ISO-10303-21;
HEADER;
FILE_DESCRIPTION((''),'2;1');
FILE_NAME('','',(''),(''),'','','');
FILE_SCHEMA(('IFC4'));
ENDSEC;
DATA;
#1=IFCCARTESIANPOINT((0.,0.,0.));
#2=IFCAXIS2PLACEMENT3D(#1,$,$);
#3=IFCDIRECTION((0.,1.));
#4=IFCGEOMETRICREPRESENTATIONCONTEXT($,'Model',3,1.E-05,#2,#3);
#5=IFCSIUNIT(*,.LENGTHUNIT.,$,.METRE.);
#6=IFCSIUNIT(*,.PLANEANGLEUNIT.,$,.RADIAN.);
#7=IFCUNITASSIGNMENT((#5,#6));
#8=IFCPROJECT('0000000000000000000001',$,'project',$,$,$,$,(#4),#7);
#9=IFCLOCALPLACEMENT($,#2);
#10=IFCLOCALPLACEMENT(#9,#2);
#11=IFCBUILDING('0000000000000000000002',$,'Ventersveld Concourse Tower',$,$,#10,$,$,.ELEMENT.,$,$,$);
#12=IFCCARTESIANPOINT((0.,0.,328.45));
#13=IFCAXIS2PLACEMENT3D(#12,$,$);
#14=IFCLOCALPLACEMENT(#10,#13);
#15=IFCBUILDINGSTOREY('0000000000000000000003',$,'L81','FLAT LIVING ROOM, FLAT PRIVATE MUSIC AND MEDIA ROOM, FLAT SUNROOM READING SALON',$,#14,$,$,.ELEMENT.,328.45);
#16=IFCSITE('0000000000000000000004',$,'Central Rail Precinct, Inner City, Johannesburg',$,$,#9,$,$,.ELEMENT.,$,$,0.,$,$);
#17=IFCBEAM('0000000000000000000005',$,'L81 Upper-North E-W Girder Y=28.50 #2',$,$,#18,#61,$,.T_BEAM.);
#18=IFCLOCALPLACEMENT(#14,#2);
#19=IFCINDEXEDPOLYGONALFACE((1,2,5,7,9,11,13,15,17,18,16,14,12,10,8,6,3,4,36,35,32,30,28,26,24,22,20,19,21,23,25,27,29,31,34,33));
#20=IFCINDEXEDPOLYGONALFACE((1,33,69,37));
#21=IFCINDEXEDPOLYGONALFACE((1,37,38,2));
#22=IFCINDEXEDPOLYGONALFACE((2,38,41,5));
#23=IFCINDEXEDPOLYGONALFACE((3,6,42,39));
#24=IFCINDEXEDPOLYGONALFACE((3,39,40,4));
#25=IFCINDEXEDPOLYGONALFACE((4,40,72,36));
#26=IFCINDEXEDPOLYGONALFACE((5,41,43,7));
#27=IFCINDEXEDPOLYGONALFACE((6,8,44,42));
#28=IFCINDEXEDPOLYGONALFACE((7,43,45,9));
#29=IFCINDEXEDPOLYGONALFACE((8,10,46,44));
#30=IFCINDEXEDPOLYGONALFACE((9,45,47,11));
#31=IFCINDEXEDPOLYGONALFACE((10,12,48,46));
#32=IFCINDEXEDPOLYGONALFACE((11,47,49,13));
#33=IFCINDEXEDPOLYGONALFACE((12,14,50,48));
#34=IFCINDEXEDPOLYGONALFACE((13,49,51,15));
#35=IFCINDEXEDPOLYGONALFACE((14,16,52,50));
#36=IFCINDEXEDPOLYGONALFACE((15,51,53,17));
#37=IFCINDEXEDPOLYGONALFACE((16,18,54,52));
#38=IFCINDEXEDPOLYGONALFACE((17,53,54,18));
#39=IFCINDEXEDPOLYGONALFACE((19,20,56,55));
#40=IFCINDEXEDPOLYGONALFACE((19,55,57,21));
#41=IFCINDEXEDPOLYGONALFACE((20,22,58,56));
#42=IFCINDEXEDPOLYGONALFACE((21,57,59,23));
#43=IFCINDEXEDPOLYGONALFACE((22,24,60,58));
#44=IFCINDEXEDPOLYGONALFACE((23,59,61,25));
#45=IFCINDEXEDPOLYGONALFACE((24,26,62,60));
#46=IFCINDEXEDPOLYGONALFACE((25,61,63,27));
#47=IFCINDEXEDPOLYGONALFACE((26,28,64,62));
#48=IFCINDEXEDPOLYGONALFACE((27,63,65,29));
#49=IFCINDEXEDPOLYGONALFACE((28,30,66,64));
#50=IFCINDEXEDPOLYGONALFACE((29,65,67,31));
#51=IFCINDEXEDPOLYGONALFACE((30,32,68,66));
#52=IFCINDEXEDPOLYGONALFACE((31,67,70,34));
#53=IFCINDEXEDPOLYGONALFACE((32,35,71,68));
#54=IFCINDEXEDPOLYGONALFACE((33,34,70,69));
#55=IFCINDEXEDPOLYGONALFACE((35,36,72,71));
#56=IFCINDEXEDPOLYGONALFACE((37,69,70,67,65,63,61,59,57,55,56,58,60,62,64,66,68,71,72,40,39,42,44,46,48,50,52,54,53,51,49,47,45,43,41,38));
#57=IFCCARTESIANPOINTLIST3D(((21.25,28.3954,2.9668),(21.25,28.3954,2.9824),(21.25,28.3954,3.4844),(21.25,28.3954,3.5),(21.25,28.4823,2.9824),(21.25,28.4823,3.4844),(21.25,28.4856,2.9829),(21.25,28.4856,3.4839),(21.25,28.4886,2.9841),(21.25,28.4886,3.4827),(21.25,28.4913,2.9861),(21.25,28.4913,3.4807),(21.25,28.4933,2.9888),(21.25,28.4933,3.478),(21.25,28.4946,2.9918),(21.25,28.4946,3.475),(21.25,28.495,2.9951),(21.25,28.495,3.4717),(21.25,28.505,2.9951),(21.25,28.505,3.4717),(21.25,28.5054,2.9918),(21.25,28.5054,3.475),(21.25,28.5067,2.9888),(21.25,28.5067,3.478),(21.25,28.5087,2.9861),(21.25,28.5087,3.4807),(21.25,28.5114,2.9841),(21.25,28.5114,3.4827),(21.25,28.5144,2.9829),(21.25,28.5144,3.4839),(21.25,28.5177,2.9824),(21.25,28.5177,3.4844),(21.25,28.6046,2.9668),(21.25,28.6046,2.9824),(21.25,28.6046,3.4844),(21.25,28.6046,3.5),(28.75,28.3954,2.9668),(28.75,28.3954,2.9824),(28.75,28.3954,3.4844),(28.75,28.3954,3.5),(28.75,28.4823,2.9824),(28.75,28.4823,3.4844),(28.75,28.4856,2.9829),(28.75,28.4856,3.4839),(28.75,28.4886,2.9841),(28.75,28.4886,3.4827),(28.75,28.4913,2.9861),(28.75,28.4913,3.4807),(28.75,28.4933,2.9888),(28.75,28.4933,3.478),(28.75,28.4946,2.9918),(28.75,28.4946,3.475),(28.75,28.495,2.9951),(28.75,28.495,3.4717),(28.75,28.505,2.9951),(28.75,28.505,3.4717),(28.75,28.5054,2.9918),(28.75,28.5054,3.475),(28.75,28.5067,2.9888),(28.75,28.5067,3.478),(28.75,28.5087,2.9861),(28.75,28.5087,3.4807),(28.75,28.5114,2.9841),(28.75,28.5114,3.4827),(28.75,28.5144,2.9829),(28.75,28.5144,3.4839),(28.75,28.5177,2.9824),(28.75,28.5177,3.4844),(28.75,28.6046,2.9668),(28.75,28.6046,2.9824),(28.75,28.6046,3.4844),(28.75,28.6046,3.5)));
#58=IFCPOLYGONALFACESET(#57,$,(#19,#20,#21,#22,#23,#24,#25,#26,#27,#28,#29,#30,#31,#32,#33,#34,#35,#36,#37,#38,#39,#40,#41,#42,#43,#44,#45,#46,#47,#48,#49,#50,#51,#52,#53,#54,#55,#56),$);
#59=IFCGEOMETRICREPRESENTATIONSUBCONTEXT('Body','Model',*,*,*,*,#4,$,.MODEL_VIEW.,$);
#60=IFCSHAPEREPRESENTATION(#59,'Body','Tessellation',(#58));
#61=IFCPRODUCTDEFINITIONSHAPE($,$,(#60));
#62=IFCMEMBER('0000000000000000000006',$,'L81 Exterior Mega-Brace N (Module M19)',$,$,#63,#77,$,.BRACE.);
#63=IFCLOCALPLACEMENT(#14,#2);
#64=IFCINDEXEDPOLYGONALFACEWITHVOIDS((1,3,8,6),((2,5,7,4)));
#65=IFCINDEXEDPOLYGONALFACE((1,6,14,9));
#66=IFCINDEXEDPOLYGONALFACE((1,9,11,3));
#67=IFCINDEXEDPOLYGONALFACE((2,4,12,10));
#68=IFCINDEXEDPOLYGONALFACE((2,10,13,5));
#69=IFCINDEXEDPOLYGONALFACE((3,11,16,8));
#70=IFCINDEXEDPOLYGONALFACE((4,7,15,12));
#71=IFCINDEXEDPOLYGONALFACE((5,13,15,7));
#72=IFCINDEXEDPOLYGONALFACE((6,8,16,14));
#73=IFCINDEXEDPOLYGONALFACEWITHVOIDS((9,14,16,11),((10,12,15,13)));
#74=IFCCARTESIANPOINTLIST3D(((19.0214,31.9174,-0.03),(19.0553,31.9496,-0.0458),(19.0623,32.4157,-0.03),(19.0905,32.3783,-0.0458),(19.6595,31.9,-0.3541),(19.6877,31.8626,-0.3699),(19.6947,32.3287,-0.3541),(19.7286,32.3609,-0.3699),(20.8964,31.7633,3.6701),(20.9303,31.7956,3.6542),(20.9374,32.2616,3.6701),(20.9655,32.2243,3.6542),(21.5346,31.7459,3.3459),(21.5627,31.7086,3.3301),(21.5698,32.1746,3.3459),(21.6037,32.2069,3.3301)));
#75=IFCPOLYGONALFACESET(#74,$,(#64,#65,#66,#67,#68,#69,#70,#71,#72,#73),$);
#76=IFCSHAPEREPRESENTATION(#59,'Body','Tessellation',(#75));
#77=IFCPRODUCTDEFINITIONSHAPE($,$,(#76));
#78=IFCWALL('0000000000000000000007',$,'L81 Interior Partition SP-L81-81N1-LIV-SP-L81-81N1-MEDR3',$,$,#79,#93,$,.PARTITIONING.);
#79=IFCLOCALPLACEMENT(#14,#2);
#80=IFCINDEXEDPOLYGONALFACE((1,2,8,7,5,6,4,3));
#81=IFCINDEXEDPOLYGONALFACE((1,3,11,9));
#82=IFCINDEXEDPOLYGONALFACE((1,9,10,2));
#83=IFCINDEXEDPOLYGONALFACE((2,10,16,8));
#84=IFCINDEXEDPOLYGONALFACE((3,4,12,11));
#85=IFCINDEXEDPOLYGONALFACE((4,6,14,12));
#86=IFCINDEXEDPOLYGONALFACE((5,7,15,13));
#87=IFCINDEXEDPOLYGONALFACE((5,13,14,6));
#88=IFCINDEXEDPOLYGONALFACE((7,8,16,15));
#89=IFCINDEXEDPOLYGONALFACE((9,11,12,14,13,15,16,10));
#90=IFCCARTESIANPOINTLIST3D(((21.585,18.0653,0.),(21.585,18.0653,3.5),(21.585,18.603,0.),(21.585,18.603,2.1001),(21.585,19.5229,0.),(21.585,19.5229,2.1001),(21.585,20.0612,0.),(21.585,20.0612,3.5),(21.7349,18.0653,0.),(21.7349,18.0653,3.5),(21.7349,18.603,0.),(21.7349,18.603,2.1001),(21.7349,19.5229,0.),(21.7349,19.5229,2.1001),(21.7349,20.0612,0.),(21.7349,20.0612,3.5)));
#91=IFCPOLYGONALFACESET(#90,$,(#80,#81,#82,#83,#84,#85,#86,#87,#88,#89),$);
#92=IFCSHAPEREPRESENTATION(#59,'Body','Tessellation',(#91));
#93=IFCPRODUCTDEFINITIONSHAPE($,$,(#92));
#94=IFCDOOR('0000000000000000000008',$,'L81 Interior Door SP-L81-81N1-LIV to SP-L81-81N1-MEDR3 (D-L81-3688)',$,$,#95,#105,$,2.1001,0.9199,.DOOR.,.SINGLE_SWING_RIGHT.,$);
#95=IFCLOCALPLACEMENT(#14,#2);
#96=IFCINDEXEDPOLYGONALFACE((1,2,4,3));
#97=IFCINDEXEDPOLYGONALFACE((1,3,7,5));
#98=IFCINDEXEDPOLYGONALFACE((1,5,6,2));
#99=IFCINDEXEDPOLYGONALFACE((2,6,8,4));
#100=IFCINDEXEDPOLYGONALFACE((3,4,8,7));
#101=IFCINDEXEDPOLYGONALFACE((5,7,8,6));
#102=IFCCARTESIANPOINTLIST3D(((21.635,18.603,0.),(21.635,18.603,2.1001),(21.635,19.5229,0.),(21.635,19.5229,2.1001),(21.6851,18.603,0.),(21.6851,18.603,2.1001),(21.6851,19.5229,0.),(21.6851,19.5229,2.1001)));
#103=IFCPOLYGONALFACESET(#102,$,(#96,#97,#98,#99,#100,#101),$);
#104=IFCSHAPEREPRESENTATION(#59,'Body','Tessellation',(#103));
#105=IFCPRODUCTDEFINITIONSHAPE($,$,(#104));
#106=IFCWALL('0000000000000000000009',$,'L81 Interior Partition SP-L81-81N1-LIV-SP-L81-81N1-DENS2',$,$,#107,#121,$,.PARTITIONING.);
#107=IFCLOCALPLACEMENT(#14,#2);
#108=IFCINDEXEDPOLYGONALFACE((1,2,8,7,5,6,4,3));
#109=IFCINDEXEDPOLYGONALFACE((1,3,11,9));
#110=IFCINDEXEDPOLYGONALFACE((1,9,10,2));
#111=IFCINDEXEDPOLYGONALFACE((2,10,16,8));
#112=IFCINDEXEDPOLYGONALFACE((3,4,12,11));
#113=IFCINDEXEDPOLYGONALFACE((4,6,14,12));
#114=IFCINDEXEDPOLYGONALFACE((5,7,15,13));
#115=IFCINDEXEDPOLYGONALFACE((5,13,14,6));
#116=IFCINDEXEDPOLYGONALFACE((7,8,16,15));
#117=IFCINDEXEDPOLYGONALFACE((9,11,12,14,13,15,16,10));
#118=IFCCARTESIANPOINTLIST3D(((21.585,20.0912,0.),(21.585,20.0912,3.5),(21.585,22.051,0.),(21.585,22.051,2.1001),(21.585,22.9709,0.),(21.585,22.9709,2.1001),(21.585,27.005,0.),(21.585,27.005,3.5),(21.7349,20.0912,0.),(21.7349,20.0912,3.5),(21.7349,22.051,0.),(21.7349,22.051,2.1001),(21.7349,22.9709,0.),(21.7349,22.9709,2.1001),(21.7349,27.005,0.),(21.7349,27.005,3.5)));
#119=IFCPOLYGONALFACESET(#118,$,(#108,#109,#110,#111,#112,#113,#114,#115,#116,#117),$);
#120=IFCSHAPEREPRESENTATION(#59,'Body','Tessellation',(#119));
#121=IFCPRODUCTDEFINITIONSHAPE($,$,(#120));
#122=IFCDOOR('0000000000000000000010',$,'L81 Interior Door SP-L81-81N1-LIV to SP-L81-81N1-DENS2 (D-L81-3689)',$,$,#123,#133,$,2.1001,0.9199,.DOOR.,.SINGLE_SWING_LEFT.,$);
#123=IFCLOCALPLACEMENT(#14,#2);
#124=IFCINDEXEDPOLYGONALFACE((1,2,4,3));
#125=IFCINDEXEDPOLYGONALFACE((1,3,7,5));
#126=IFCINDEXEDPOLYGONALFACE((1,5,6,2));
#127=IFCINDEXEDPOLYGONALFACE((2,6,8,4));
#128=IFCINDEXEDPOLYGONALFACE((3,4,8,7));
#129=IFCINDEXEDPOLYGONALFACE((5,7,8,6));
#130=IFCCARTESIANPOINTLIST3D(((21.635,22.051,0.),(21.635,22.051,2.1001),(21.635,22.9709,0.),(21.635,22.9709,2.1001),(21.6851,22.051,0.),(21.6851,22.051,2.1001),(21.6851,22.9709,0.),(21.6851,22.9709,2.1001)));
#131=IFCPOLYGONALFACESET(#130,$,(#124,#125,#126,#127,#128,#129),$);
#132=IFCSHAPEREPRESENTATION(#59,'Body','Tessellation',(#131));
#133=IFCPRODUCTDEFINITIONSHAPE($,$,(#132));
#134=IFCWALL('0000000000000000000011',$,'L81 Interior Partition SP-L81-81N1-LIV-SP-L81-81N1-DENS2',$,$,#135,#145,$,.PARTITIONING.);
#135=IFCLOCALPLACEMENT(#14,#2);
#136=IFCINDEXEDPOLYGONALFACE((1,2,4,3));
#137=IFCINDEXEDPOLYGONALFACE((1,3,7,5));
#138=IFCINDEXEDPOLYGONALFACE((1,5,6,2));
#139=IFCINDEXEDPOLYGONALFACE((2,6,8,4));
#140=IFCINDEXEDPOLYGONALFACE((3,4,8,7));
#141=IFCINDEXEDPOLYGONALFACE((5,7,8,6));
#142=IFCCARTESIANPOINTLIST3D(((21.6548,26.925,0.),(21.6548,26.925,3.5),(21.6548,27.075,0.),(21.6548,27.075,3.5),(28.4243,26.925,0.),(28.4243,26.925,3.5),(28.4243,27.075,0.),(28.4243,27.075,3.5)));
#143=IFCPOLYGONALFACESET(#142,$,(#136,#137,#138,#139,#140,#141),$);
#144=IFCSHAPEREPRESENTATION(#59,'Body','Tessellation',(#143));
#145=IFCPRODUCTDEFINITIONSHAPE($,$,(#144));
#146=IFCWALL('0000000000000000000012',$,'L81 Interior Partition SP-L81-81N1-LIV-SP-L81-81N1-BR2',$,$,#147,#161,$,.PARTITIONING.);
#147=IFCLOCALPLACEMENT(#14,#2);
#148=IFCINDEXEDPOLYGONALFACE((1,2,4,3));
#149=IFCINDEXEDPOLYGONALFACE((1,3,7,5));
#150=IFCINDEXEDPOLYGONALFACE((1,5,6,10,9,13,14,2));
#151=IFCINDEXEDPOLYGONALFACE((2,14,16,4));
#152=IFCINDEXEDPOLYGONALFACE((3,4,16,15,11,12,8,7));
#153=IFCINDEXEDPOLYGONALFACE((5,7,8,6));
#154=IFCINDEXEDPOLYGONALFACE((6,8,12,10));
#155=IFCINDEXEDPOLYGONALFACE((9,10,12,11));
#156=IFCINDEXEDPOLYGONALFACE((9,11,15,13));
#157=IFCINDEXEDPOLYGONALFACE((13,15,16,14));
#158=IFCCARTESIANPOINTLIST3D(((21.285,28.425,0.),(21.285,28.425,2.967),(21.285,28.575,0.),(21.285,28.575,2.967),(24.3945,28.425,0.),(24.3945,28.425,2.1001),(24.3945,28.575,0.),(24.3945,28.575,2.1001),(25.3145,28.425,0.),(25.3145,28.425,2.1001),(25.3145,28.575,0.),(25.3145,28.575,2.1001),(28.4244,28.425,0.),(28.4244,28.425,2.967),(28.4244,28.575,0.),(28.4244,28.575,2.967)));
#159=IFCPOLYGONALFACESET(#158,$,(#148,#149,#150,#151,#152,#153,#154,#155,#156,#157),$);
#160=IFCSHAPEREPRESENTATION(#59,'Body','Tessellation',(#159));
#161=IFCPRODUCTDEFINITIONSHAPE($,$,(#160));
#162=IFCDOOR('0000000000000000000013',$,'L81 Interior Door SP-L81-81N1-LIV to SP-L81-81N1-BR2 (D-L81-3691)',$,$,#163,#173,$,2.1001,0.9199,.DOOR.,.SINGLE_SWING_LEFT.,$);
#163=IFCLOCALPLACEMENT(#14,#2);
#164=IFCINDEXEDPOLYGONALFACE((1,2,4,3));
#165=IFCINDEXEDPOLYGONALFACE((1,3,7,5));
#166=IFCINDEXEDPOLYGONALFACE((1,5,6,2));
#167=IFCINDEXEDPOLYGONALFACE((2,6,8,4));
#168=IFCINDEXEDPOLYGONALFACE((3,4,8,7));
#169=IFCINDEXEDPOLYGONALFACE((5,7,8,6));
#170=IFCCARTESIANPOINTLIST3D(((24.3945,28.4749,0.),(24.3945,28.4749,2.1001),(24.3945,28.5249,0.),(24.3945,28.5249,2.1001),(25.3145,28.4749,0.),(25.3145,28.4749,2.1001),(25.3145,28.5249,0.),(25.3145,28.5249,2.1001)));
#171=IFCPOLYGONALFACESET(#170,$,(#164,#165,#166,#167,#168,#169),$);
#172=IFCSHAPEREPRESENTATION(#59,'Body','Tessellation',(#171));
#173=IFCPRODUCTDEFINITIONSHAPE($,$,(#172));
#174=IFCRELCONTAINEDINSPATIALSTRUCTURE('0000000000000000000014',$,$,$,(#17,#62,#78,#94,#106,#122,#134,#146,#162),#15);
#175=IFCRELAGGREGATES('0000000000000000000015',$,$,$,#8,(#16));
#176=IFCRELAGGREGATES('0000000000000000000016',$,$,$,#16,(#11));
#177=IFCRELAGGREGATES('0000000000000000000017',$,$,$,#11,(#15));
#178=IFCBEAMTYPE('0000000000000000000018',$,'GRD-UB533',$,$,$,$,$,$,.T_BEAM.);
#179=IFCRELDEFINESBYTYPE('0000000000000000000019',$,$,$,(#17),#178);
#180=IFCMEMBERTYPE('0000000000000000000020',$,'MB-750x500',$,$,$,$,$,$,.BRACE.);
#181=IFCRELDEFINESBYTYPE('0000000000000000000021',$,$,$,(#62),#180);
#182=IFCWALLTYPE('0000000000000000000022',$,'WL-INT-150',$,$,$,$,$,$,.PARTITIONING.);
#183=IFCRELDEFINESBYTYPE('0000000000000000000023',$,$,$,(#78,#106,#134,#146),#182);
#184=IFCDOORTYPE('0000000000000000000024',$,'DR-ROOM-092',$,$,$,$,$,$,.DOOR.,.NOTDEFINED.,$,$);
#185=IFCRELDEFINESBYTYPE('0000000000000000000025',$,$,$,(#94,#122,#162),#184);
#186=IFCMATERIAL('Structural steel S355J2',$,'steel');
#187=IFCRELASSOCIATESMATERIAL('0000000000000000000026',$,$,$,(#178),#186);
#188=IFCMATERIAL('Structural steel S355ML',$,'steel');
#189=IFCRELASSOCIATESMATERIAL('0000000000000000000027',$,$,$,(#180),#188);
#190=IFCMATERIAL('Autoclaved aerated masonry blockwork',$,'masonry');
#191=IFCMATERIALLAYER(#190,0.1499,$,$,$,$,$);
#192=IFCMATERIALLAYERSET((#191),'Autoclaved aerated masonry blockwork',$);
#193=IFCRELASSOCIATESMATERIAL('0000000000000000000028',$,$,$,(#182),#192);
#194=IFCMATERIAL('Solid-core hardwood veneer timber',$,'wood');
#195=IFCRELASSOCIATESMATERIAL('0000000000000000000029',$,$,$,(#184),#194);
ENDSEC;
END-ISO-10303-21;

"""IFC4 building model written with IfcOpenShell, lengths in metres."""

from ifc_helpers import new_model, si_unit, direction, frame, frame_2d, origin, origin_2d, place, context, subcontext, project, spatial, rectangle, hollow_rectangle, i_section, extrude, material, layer, layer_set, material_profile, profile_set, type_object, element, fill, save


model = new_model("IFC4")

# Units and contexts
model_context = context("Model", 3, precision=1e-05, world=origin(), true_north=direction((0.0, 1.0)))
body_context = subcontext(model_context, "Body", "Model", "MODEL_VIEW")
ifc_project = project(units=[si_unit("LENGTHUNIT", "METRE"), si_unit("PLANEANGLEUNIT", "RADIAN")], contexts=[model_context])

# Site, building, storey
site_placement = place(None, origin())
site = spatial("IfcSite", under=ifc_project, at=site_placement, Name="Central Rail Precinct, Inner City, Johannesburg", CompositionType="ELEMENT", RefElevation=0.0)
building_placement = place(site_placement, origin())
building = spatial("IfcBuilding", under=site, at=building_placement, Name="Ventersveld Concourse Tower", CompositionType="ELEMENT")
storey_placement = place(building_placement, frame((0.0, 0.0, 328.45)))
storey = spatial("IfcBuildingStorey", under=building, at=storey_placement, Name="L81", Description="FLAT LIVING ROOM, FLAT PRIVATE MUSIC AND MEDIA ROOM, FLAT SUNROOM READING SALON", CompositionType="ELEMENT", Elevation=328.45)

# Shared definitions
ifc_material_1 = material(Name="Structural steel S355J2", Category="steel")

# Beam
ifc_material_profile_1 = material_profile(ifc_material_1, i_section(OverallWidth=0.2092, OverallDepth=0.5332, WebThickness=0.01, FlangeThickness=0.0156, FilletRadius=0.0127, at=origin_2d()), Name="UB 533x210x92")
ifc_profile_set_1 = profile_set([ifc_material_profile_1], Name="Structural steel S355J2")
beam_type_1 = type_object("IfcBeamType", Name="GRD-UB533", PredefinedType="T_BEAM", material=ifc_profile_set_1)
for number, where, z_axis, x_axis, name in (
    (1, (21.25, 28.5, 3.2334), (1.0, 0.0, 0.0), (0.0, 1.0, 0.0), "L81 Upper-North E-W Girder Y=28.50 #2"),
):
    element("IfcBeam", number, at=place(storey_placement, frame(where, z_axis=z_axis, x_axis=x_axis)), inside=storey, type_object=beam_type_1, Name=name, PredefinedType="T_BEAM", context=body_context, shape_type="SweptSolid", body=[
        extrude(i_section(OverallWidth=0.2092, OverallDepth=0.5332, WebThickness=0.01, FlangeThickness=0.0156, FilletRadius=0.0127, at=origin_2d()), origin(), (0.0, 0.0, 1.0), 7.5),
    ])

# Member
ifc_material_2 = material(Name="Structural steel S355ML", Category="steel")
ifc_material_profile_2 = material_profile(ifc_material_2, hollow_rectangle(XDim=0.5, YDim=0.75, WallThickness=0.0349, at=origin_2d()), Name="BOX 750x500x35")
ifc_profile_set_2 = profile_set([ifc_material_profile_2], Name="Structural steel S355ML")
member_type = type_object("IfcMemberType", Name="MB-750x500", PredefinedType="BRACE", material=ifc_profile_set_2)
member_placement = place(storey_placement, frame((19.375, 32.1392, -0.2), z_axis=(0.451722, -0.037114, 0.891386), x_axis=(0.081886, 0.996642, 0.0)))
element("IfcMember", 2, at=member_placement, inside=storey, type_object=member_type, Name="L81 Exterior Mega-Brace N (Module M19)", PredefinedType="BRACE", context=body_context, shape_type="SweptSolid", body=[
    extrude(hollow_rectangle(XDim=0.5, YDim=0.75, WallThickness=0.0349, at=origin_2d()), origin(), (0.0, 0.0, 1.0), 4.1509),
])

# Walls, openings, doors
ifc_material_3 = material(Name="Autoclaved aerated masonry blockwork", Category="masonry")
ifc_layer = layer(ifc_material_3, 0.1499)
ifc_layer_set = layer_set([ifc_layer], Name="Autoclaved aerated masonry blockwork")
wall_type = type_object("IfcWallType", Name="WL-INT-150", PredefinedType="PARTITIONING", material=ifc_layer_set)
wall_1_placement = place(storey_placement, frame((21.6599, 18.0652, 0.0), z_axis=(0.0, 0.0, 1.0), x_axis=(0.0, 1.0, 0.0)))
wall_1 = element("IfcWall", 3, at=wall_1_placement, inside=storey, type_object=wall_type, Name="L81 Interior Partition SP-L81-81N1-LIV-SP-L81-81N1-MEDR3", PredefinedType="PARTITIONING", context=body_context, shape_type="SweptSolid", body=[
    extrude(rectangle(XDim=1.9958, YDim=0.1499, at=frame_2d((0.998, 0.0))), origin(), (0.0, 0.0, 1.0), 3.5),
])
opening_1_placement = place(wall_1_placement, frame((0.5378, 0.0, 0.0)))
opening_1 = element("IfcOpeningElement", 4, at=opening_1_placement, cuts=wall_1, PredefinedType="OPENING", context=body_context, shape_type="SweptSolid", body=[
    extrude(rectangle(XDim=0.9199, YDim=2.1001, at=frame_2d((0.46, 1.05))), frame((0.0, 0.085, 0.0), z_axis=(0.0, -1.0, 0.0), x_axis=(1.0, 0.0, 0.0)), (0.0, 0.0, 1.0), 0.1699),
])
ifc_material_4 = material(Name="Solid-core hardwood veneer timber", Category="wood")
door_type = type_object("IfcDoorType", Name="DR-ROOM-092", OperationType="NOTDEFINED", PredefinedType="DOOR", material=ifc_material_4)
door_1_placement = place(opening_1_placement, origin())
door_1 = element("IfcDoor", 5, at=door_1_placement, inside=storey, type_object=door_type, Name="L81 Interior Door SP-L81-81N1-LIV to SP-L81-81N1-MEDR3 (D-L81-3688)", OperationType="SINGLE_SWING_RIGHT", OverallHeight=2.1001, OverallWidth=0.9199, PredefinedType="DOOR", context=body_context, shape_type="SweptSolid", body=[
    extrude(rectangle(XDim=0.9199, YDim=2.1001, at=frame_2d((0.46, 1.05))), frame((0.0, 0.0249, 0.0), z_axis=(0.0, -1.0, 0.0), x_axis=(1.0, 0.0, 0.0)), (0.0, 0.0, 1.0), 0.05),
])
fill(opening_1, door_1)
wall_2_placement = place(storey_placement, frame((21.6599, 20.0911, 0.0), z_axis=(0.0, 0.0, 1.0), x_axis=(0.0, 1.0, 0.0)))
wall_2 = element("IfcWall", 6, at=wall_2_placement, inside=storey, type_object=wall_type, Name="L81 Interior Partition SP-L81-81N1-LIV-SP-L81-81N1-DENS2", PredefinedType="PARTITIONING", context=body_context, shape_type="SweptSolid", body=[
    extrude(rectangle(XDim=6.9138, YDim=0.1499, at=frame_2d((3.457, 0.0))), origin(), (0.0, 0.0, 1.0), 3.5),
])
opening_2_placement = place(wall_2_placement, frame((1.96, 0.0, 0.0)))
opening_2 = element("IfcOpeningElement", 7, at=opening_2_placement, cuts=wall_2, PredefinedType="OPENING", context=body_context, shape_type="SweptSolid", body=[
    extrude(rectangle(XDim=0.9199, YDim=2.1001, at=frame_2d((0.46, 1.05))), frame((0.0, 0.085, 0.0), z_axis=(0.0, -1.0, 0.0), x_axis=(1.0, 0.0, 0.0)), (0.0, 0.0, 1.0), 0.1699),
])
door_2_placement = place(opening_2_placement, origin())
door_2 = element("IfcDoor", 8, at=door_2_placement, inside=storey, type_object=door_type, Name="L81 Interior Door SP-L81-81N1-LIV to SP-L81-81N1-DENS2 (D-L81-3689)", OperationType="SINGLE_SWING_LEFT", OverallHeight=2.1001, OverallWidth=0.9199, PredefinedType="DOOR", context=body_context, shape_type="SweptSolid", body=[
    extrude(rectangle(XDim=0.9199, YDim=2.1001, at=frame_2d((0.46, 1.05))), frame((0.0, 0.0249, 0.0), z_axis=(0.0, -1.0, 0.0), x_axis=(1.0, 0.0, 0.0)), (0.0, 0.0, 1.0), 0.05),
])
fill(opening_2, door_2)

# Wall
wall_3_placement = place(storey_placement, frame((21.6548, 27.0, 0.0), z_axis=(0.0, 0.0, 1.0), x_axis=(1.0, 0.0, 0.0)))
element("IfcWall", 9, at=wall_3_placement, inside=storey, type_object=wall_type, Name="L81 Interior Partition SP-L81-81N1-LIV-SP-L81-81N1-DENS2", PredefinedType="PARTITIONING", context=body_context, shape_type="SweptSolid", body=[
    extrude(rectangle(XDim=6.7695, YDim=0.1499, at=frame_2d((3.3848, 0.0))), origin(), (0.0, 0.0, 1.0), 3.5),
])

# Wall, opening, door
wall_4_placement = place(storey_placement, frame((21.2849, 28.5, 0.0), z_axis=(0.0, 0.0, 1.0), x_axis=(1.0, 0.0, 0.0)))
wall_4 = element("IfcWall", 10, at=wall_4_placement, inside=storey, type_object=wall_type, Name="L81 Interior Partition SP-L81-81N1-LIV-SP-L81-81N1-BR2", PredefinedType="PARTITIONING", context=body_context, shape_type="SweptSolid", body=[
    extrude(rectangle(XDim=7.1394, YDim=0.1499, at=frame_2d((3.5698, 0.0))), origin(), (0.0, 0.0, 1.0), 2.967),
])
opening_3_placement = place(wall_4_placement, frame((3.1096, 0.0, 0.0)))
opening_3 = element("IfcOpeningElement", 11, at=opening_3_placement, cuts=wall_4, PredefinedType="OPENING", context=body_context, shape_type="SweptSolid", body=[
    extrude(rectangle(XDim=0.9199, YDim=2.1001, at=frame_2d((0.46, 1.05))), frame((0.0, 0.085, 0.0), z_axis=(0.0, -1.0, 0.0), x_axis=(1.0, 0.0, 0.0)), (0.0, 0.0, 1.0), 0.1699),
])
door_3_placement = place(opening_3_placement, origin())
door_3 = element("IfcDoor", 12, at=door_3_placement, inside=storey, type_object=door_type, Name="L81 Interior Door SP-L81-81N1-LIV to SP-L81-81N1-BR2 (D-L81-3691)", OperationType="SINGLE_SWING_LEFT", OverallHeight=2.1001, OverallWidth=0.9199, PredefinedType="DOOR", context=body_context, shape_type="SweptSolid", body=[
    extrude(rectangle(XDim=0.9199, YDim=2.1001, at=frame_2d((0.46, 1.05))), frame((0.0, 0.0249, 0.0), z_axis=(0.0, -1.0, 0.0), x_axis=(1.0, 0.0, 0.0)), (0.0, 0.0, 1.0), 0.05),
])
fill(opening_3, door_3)

save(model, "model.ifc")
